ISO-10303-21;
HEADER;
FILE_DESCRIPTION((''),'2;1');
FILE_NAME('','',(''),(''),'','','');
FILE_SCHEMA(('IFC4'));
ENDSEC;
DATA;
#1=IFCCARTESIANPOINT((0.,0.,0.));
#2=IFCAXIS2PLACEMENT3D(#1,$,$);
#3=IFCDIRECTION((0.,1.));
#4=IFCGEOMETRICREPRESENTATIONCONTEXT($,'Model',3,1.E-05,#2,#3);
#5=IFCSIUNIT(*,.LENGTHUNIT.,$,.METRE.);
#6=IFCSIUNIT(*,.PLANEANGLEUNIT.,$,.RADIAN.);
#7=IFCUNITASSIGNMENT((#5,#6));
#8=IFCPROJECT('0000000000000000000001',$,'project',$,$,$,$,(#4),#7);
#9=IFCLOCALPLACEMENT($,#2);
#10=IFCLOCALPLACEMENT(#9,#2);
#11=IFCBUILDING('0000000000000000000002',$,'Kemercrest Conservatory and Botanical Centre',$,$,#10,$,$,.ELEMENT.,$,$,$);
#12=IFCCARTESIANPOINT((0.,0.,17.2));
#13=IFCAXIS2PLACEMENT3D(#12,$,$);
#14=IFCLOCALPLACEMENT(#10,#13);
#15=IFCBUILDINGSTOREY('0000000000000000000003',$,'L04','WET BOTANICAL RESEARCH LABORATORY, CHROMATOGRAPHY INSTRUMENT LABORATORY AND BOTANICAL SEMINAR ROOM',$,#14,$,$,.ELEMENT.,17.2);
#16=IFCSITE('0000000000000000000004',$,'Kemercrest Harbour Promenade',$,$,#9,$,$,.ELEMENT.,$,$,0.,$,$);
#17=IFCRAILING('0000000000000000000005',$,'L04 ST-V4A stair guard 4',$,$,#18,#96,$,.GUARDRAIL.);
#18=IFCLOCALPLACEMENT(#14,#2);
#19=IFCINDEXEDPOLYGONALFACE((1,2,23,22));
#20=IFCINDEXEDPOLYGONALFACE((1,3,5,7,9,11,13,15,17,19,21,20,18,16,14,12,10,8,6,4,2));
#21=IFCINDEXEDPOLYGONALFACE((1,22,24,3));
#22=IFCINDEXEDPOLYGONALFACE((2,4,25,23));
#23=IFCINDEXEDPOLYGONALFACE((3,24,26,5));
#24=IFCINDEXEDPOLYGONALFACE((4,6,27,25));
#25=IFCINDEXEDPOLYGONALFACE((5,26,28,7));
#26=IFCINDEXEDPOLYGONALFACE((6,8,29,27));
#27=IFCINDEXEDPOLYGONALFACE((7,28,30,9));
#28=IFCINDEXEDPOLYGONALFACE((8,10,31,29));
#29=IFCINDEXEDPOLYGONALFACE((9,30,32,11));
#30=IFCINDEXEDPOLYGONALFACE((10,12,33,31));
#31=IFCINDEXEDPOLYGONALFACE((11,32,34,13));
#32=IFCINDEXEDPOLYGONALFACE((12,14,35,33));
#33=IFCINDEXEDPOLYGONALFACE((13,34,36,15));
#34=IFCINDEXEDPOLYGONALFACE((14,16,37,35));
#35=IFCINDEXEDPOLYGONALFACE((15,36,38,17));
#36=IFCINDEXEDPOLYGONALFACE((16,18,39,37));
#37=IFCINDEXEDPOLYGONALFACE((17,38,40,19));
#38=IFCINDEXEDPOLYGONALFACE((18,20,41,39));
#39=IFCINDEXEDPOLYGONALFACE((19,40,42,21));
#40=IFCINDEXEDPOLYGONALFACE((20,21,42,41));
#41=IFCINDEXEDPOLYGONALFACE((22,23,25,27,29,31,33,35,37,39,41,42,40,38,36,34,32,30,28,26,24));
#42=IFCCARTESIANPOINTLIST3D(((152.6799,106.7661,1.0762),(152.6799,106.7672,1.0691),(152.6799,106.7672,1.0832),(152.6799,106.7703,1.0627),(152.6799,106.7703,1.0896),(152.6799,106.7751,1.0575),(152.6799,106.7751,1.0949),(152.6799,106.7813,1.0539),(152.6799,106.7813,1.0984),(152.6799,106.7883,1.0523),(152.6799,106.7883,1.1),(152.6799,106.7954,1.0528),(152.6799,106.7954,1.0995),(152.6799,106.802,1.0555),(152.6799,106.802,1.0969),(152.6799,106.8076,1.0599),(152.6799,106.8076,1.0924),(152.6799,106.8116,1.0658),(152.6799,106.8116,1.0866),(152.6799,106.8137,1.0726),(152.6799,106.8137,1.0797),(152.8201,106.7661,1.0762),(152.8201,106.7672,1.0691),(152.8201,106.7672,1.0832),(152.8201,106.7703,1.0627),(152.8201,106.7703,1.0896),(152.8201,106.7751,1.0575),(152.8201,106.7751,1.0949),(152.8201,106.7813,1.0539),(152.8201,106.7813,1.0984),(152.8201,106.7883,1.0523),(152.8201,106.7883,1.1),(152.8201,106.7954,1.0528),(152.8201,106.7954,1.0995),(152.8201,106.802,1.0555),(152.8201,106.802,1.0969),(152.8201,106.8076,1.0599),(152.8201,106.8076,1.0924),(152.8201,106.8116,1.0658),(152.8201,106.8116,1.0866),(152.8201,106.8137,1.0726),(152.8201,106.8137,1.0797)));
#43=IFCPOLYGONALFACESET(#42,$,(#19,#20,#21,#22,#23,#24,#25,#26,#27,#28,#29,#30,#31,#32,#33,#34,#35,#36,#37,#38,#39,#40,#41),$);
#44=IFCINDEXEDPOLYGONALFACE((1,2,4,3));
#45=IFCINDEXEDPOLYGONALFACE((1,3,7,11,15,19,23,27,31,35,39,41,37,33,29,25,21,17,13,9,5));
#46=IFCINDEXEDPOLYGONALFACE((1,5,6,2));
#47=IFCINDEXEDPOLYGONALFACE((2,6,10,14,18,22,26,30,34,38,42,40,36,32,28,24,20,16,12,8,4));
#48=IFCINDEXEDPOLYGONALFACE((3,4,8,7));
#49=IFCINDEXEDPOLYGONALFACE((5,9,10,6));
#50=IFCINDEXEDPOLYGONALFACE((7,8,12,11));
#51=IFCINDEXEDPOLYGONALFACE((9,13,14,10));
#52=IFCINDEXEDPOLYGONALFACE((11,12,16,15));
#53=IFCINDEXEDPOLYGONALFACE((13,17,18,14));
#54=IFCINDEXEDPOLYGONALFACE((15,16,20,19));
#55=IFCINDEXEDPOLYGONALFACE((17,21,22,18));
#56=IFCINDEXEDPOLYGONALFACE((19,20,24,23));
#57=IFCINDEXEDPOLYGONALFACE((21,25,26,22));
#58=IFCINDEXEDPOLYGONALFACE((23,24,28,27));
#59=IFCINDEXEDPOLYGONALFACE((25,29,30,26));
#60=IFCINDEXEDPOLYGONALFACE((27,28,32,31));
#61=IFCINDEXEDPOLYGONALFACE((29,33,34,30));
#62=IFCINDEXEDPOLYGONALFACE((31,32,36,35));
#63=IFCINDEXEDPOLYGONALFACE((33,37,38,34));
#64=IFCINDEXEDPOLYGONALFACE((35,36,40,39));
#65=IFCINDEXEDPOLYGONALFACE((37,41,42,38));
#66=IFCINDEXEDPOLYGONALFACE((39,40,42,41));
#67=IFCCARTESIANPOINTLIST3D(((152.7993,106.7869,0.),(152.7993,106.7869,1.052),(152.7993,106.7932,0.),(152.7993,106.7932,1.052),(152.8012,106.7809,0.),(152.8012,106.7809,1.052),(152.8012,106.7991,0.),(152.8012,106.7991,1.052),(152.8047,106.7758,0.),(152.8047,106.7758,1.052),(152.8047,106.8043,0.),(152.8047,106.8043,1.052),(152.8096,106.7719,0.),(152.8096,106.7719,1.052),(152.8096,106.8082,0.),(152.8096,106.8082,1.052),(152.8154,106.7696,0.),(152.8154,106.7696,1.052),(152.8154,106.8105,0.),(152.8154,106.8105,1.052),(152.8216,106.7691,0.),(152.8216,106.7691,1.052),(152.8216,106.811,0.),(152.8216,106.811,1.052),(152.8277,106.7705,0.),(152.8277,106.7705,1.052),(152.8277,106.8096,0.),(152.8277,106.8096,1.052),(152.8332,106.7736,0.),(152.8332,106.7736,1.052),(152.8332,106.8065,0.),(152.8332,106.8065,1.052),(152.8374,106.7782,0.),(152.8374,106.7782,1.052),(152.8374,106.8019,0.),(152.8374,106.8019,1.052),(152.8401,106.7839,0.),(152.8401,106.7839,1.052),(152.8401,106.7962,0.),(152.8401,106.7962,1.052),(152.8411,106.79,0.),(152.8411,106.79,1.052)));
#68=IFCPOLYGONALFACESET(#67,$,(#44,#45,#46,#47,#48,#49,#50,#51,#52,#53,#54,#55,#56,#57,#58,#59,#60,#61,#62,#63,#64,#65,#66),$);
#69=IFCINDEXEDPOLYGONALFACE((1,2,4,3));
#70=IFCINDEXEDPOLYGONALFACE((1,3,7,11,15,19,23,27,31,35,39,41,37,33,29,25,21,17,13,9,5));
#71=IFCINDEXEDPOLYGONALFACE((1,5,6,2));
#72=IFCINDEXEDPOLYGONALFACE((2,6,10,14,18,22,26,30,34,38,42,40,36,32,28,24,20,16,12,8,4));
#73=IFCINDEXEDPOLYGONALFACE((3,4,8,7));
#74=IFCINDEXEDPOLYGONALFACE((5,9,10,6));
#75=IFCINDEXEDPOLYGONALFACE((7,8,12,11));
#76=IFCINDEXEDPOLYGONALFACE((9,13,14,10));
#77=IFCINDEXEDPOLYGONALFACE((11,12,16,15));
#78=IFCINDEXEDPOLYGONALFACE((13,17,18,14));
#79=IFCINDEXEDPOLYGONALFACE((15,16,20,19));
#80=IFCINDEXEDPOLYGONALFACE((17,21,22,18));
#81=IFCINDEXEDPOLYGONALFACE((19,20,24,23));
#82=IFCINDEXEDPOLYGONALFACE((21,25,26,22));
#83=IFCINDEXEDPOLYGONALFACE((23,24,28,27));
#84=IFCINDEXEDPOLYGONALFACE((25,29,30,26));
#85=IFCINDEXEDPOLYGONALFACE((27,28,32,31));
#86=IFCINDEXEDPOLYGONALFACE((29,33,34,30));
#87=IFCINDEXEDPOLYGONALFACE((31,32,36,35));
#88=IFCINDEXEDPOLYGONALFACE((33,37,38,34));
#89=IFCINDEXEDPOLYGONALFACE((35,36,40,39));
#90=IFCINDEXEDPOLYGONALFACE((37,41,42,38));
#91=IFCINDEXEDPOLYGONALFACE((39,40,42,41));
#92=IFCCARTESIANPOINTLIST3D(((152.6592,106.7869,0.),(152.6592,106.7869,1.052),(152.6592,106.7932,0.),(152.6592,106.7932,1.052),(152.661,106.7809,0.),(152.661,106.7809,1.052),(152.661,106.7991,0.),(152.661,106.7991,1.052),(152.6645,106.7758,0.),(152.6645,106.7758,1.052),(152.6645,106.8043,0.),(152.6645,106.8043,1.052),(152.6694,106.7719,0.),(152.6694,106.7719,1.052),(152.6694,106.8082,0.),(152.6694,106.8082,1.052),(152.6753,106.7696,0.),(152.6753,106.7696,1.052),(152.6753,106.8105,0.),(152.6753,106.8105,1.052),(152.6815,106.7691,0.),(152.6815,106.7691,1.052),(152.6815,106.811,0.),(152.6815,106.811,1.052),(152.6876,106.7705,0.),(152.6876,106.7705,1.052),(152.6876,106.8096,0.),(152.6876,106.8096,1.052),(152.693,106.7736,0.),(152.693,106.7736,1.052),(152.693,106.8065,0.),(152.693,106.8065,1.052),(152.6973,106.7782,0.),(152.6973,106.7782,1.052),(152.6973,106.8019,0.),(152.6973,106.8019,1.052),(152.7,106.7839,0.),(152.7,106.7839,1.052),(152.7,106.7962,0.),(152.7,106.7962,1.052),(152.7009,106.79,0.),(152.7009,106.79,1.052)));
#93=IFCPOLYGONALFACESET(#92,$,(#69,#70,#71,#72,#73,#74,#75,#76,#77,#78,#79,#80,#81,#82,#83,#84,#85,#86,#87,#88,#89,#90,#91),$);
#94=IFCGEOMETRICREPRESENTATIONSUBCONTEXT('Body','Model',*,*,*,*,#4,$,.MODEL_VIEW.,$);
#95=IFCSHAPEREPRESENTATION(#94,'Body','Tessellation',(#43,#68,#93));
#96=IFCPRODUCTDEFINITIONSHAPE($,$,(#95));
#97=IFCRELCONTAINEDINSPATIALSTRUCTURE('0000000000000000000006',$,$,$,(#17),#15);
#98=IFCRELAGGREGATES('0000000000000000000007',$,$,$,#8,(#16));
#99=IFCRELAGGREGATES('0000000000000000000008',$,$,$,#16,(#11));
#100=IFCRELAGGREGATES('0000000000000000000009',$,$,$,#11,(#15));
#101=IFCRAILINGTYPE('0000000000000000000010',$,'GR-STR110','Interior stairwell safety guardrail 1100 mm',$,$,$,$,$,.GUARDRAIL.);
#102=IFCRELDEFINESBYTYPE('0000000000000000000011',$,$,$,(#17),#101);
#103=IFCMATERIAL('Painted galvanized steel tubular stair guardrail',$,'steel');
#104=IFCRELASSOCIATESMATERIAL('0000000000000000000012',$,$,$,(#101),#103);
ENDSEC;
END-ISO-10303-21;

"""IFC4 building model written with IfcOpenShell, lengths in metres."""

from ifc_helpers import new_model, si_unit, direction, frame, origin, origin_2d, place, context, subcontext, project, spatial, circle, extrude, material, type_object, element, save


model = new_model("IFC4")

# Units and contexts
model_context = context("Model", 3, precision=1e-05, world=origin(), true_north=direction((0.0, 1.0)))
body_context = subcontext(model_context, "Body", "Model", "MODEL_VIEW")
ifc_project = project(units=[si_unit("LENGTHUNIT", "METRE"), si_unit("PLANEANGLEUNIT", "RADIAN")], contexts=[model_context])

# Site, building, storey
site_placement = place(None, origin())
site = spatial("IfcSite", under=ifc_project, at=site_placement, Name="Kemercrest Harbour Promenade", CompositionType="ELEMENT", RefElevation=0.0)
building_placement = place(site_placement, origin())
building = spatial("IfcBuilding", under=site, at=building_placement, Name="Kemercrest Conservatory and Botanical Centre", CompositionType="ELEMENT")
storey_placement = place(building_placement, frame((0.0, 0.0, 17.2)))
storey = spatial("IfcBuildingStorey", under=building, at=storey_placement, Name="L04", Description="WET BOTANICAL RESEARCH LABORATORY, CHROMATOGRAPHY INSTRUMENT LABORATORY AND BOTANICAL SEMINAR ROOM", CompositionType="ELEMENT", Elevation=17.2)

# Railing
ifc_material_1 = material(Name="Painted galvanized steel tubular stair guardrail", Category="steel")
railing_type_1 = type_object("IfcRailingType", Name="GR-STR110", Description="Interior stairwell safety guardrail 1100 mm", PredefinedType="GUARDRAIL", material=ifc_material_1)
railing_1_placement = place(storey_placement, frame((152.8201, 106.79, 0.0)))
element("IfcRailing", 1, at=railing_1_placement, inside=storey, type_object=railing_type_1, Name="L04 ST-V4A stair guard 4", PredefinedType="GUARDRAIL", context=body_context, shape_type="SweptSolid", body=[
    extrude(circle(Radius=0.0239, at=origin_2d()), frame((0.0, 0.0, 1.0762), z_axis=(-1.0, 0.0, 0.0), x_axis=(0.0, -1.0, 0.0)), (0.0, 0.0, 1.0), 0.1401),
    extrude(circle(Radius=0.021, at=origin_2d()), origin(), (0.0, 0.0, 1.0), 1.052),
    extrude(circle(Radius=0.021, at=origin_2d()), frame((-0.1401, 0.0, 0.0)), (0.0, 0.0, 1.0), 1.052),
])

save(model, "model.ifc")
